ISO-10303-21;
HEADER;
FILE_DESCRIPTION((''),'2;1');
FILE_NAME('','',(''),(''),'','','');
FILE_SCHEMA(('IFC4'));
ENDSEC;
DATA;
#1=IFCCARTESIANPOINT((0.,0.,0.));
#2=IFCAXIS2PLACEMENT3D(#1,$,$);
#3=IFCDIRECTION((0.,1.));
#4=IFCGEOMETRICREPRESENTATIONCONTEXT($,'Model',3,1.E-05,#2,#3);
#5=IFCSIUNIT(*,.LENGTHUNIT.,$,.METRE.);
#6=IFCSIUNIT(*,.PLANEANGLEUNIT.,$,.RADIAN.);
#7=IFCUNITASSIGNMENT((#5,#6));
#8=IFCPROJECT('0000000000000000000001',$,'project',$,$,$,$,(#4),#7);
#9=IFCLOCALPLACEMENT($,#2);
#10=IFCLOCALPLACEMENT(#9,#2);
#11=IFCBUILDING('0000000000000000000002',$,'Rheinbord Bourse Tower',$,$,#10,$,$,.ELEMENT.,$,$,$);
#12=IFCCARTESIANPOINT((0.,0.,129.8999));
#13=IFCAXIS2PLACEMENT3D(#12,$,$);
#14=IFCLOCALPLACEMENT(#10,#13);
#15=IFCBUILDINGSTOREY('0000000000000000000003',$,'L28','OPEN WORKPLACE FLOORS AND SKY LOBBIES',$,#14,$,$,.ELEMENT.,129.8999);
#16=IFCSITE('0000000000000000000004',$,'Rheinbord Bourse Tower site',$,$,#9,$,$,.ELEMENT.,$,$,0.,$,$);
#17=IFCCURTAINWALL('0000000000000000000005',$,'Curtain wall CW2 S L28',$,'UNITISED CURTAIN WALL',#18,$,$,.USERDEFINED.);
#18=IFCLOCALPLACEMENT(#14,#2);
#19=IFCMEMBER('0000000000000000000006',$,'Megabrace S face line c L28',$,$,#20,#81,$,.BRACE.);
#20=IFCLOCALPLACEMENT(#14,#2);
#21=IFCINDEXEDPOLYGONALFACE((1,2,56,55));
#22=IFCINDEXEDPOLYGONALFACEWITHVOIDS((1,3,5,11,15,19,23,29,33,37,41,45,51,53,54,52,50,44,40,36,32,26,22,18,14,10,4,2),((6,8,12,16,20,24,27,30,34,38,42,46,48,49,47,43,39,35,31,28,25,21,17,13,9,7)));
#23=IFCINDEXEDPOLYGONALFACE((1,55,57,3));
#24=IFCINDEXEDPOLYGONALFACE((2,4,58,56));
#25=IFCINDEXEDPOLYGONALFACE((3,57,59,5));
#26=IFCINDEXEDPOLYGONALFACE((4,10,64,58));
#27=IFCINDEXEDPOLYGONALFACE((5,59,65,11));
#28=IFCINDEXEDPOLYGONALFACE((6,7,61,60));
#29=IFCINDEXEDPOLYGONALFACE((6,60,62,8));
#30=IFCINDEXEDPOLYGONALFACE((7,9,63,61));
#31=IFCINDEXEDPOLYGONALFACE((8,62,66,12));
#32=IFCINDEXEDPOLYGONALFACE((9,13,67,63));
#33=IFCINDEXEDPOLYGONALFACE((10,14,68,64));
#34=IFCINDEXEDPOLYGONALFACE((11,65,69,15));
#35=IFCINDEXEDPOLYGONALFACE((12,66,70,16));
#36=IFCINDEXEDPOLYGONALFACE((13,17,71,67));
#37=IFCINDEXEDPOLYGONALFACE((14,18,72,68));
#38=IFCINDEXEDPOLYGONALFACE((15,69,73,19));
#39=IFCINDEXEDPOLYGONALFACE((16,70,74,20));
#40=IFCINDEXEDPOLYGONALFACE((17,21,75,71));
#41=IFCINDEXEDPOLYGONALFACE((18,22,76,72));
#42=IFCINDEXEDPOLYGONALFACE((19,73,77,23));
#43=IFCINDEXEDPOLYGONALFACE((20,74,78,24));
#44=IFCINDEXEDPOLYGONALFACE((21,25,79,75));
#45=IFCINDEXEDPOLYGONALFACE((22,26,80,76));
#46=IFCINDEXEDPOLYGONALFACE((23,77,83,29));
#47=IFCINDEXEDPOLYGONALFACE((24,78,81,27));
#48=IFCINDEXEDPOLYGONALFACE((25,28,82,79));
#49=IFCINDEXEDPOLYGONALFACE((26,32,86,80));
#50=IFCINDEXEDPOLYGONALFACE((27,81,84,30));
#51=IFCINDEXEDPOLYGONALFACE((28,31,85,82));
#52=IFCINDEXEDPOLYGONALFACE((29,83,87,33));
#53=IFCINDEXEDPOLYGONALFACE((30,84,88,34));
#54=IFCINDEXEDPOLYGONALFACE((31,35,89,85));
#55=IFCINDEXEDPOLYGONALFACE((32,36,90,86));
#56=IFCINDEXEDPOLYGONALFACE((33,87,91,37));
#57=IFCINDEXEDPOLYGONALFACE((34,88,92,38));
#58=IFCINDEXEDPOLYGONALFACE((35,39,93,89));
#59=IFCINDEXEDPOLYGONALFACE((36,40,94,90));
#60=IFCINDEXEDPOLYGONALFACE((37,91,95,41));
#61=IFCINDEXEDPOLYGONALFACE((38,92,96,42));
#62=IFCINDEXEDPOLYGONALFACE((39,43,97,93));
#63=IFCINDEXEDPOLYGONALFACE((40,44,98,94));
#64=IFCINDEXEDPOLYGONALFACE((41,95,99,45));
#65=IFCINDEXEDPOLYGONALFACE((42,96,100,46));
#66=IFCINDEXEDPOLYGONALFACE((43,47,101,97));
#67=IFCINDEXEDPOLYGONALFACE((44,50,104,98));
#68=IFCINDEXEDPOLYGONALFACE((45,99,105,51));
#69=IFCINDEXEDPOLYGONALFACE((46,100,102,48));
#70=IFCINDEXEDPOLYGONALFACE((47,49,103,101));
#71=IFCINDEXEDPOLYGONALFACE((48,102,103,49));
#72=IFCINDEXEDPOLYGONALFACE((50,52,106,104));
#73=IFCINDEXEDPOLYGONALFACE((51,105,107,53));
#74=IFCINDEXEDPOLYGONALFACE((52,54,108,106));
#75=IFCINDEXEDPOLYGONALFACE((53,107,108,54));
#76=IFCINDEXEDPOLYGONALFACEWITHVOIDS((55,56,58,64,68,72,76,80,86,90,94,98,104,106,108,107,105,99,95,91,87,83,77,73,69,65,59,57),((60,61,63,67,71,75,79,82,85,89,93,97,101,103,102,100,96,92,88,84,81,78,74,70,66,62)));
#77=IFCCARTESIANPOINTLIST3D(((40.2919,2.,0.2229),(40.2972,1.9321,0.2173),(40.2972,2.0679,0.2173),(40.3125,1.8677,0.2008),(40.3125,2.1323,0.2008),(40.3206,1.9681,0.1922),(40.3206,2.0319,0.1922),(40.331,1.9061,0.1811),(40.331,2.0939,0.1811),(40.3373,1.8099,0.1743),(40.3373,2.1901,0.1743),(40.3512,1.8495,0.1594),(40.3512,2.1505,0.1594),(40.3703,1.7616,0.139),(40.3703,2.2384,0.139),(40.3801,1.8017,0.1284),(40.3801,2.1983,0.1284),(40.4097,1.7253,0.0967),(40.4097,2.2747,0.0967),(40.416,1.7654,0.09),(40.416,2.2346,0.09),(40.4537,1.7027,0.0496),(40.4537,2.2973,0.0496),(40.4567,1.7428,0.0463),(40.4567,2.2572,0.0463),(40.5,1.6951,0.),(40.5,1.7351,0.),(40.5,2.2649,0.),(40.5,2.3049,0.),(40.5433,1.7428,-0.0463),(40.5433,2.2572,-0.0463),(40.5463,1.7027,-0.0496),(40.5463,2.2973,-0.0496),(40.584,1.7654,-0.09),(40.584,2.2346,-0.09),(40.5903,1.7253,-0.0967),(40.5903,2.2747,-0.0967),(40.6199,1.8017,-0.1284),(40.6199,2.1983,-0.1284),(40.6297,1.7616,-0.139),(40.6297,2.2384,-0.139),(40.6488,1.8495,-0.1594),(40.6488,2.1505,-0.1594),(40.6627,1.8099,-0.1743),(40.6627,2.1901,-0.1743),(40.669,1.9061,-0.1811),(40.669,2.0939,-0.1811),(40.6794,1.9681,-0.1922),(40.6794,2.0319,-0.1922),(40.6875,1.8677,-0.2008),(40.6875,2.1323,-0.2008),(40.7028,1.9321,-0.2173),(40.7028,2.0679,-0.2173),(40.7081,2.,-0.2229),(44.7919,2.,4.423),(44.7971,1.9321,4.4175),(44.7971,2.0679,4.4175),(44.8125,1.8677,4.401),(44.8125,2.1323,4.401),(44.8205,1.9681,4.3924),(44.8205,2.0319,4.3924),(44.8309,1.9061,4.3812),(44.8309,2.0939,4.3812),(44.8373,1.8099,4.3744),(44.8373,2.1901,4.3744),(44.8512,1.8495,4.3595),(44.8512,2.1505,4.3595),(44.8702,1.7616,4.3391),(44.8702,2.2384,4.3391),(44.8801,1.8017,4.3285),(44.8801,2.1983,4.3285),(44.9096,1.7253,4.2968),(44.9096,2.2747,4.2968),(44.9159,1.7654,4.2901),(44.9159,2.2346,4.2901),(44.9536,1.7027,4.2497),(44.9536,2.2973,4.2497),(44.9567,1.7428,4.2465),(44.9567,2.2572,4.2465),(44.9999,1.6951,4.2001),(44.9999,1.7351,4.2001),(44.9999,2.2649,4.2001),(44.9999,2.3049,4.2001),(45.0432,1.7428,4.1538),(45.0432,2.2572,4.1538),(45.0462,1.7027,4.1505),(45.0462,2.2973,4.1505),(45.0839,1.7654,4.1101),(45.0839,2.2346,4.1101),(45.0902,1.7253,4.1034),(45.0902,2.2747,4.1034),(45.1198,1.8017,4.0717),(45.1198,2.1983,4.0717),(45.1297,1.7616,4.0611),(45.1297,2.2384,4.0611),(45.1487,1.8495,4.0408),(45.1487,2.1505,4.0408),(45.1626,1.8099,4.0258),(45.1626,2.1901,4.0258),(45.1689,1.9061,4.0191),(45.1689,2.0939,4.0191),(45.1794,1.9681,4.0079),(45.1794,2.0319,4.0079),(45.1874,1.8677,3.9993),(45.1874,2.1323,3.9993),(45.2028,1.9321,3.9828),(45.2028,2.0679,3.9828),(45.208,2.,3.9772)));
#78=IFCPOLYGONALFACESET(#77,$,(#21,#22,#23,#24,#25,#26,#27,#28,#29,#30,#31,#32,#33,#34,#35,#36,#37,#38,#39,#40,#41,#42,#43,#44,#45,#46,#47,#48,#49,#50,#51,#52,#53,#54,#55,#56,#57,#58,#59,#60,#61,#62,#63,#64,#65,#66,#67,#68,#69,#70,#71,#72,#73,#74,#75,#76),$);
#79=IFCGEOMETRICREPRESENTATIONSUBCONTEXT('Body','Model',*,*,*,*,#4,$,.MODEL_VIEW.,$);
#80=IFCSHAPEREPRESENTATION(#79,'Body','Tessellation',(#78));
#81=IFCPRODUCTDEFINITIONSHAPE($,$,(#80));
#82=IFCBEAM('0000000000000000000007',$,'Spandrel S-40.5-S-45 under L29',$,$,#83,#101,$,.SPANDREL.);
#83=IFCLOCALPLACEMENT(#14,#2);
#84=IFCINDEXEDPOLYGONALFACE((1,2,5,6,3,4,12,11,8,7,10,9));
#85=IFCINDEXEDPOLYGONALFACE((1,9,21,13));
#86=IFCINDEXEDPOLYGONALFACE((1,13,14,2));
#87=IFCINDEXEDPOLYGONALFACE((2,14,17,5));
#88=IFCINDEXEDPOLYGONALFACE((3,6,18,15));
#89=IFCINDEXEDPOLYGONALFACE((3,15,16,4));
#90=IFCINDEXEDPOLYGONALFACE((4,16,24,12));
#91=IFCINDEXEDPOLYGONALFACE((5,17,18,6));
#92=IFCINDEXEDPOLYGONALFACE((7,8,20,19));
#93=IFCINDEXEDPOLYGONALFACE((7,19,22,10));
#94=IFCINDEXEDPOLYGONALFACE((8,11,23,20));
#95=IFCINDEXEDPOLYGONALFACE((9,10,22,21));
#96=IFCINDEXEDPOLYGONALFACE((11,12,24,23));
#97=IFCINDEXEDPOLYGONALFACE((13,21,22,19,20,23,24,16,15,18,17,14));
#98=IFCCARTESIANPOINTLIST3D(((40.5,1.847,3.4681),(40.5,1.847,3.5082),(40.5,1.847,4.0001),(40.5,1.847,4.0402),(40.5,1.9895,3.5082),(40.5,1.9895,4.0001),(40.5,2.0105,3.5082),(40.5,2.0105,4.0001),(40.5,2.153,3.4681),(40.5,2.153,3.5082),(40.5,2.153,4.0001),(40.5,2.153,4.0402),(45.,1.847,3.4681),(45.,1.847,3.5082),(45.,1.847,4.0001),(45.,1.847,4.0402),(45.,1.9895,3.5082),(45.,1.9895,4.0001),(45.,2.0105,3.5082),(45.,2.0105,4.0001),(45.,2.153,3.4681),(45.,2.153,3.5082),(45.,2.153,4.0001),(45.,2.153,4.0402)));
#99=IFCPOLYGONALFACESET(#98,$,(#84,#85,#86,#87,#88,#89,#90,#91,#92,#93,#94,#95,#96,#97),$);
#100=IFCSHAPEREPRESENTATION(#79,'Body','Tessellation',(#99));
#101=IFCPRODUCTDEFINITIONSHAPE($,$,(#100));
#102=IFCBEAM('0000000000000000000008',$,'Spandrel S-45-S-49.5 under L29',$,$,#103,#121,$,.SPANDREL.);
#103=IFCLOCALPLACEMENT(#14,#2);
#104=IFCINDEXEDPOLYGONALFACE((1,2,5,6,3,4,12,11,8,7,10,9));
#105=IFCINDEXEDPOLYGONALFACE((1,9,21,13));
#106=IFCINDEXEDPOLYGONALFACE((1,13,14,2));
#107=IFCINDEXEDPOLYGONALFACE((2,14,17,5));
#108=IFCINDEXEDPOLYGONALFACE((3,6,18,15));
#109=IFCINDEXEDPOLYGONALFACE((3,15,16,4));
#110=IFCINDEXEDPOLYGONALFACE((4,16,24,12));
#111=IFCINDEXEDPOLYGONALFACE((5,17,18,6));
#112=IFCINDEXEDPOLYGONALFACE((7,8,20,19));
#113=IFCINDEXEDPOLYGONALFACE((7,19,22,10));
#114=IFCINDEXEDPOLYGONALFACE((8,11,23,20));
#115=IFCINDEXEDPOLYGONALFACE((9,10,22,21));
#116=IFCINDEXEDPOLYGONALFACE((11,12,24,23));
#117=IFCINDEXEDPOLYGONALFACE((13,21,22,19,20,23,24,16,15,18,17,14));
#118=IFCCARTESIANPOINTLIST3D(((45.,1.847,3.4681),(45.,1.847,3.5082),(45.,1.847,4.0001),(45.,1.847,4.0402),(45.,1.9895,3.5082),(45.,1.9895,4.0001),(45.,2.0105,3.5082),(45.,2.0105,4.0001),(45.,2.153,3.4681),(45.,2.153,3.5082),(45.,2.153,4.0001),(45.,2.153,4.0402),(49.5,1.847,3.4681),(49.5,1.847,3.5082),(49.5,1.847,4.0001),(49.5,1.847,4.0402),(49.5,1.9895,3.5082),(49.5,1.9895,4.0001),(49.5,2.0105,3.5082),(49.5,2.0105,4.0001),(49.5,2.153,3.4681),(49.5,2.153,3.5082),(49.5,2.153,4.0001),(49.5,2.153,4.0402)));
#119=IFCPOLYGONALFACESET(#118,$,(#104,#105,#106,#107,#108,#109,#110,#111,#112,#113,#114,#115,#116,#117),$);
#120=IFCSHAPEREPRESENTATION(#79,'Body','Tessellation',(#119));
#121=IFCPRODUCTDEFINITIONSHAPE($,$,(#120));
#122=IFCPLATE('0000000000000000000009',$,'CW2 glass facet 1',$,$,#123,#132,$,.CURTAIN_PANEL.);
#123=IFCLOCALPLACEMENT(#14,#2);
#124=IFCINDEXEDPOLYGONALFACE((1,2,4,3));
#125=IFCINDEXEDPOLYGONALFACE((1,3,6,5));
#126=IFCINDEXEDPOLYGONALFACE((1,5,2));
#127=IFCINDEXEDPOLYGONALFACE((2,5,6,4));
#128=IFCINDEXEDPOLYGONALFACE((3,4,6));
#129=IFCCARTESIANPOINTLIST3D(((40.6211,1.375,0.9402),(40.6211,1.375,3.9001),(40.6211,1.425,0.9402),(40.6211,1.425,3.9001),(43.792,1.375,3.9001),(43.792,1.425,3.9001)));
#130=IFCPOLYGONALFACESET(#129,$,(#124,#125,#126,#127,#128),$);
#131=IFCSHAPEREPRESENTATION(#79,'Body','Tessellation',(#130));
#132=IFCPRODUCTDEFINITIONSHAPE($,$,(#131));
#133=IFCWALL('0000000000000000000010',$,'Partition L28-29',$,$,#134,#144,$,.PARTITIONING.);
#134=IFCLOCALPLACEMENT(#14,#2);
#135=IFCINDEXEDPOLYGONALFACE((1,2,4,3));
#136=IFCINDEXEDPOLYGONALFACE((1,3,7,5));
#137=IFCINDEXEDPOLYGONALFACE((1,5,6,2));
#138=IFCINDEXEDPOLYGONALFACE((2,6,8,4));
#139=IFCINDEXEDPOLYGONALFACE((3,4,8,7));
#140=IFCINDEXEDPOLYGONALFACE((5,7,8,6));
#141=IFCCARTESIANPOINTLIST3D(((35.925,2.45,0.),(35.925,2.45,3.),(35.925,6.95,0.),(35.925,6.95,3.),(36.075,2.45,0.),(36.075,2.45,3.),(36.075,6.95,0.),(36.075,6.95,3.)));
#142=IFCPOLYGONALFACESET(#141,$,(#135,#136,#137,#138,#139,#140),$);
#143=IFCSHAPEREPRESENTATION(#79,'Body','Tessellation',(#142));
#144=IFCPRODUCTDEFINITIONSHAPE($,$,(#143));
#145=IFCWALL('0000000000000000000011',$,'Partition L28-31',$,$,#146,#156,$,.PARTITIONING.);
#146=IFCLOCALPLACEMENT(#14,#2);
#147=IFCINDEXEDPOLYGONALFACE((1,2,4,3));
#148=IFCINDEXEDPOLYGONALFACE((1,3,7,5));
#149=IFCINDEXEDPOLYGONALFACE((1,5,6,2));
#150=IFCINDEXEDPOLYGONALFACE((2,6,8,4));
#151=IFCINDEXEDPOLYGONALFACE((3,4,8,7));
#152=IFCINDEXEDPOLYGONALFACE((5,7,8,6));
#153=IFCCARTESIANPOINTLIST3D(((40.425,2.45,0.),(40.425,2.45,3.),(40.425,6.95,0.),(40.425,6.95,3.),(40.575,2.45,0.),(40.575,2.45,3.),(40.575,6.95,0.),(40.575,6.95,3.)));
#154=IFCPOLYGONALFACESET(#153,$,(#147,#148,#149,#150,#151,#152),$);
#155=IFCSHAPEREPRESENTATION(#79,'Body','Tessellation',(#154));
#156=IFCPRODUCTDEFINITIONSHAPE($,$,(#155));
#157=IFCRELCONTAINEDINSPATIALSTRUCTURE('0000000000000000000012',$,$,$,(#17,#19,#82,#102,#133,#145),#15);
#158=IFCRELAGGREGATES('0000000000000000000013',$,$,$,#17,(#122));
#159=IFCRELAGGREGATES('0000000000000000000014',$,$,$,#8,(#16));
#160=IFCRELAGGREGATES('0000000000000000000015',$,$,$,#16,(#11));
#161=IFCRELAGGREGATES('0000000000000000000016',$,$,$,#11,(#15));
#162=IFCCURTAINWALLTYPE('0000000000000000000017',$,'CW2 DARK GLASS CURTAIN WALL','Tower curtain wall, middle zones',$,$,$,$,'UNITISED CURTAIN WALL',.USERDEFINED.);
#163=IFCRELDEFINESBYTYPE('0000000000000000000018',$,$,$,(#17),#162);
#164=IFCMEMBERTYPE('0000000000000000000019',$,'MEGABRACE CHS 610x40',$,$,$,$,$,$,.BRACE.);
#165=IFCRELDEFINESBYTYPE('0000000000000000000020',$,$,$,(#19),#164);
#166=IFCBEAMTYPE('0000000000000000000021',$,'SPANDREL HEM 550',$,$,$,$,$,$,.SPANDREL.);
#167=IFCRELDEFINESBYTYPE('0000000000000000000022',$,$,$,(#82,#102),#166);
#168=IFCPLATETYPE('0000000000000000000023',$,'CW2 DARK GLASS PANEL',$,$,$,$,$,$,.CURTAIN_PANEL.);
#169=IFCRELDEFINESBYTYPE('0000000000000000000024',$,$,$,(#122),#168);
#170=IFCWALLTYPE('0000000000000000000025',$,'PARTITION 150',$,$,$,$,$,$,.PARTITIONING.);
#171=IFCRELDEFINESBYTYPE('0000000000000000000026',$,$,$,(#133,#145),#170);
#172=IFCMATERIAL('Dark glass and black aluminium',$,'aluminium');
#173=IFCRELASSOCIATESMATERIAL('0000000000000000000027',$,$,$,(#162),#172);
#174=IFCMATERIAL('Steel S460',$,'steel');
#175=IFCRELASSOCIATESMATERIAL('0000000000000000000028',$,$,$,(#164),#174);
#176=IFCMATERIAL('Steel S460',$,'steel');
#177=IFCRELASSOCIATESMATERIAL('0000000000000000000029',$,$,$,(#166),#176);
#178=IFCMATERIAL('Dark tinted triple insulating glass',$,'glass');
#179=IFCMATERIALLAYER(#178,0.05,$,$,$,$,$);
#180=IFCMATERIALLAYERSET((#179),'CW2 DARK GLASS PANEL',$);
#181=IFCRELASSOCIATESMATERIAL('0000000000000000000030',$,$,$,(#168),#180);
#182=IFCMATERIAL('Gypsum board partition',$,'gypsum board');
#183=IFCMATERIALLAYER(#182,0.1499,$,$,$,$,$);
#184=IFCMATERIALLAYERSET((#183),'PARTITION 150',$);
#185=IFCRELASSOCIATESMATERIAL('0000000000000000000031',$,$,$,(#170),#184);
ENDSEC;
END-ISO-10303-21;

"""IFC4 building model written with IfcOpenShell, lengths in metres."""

from ifc_helpers import new_model, si_unit, direction, frame, frame_2d, origin, origin_2d, place, context, subcontext, project, spatial, polyline, rectangle, hollow_circle, i_section, outline, extrude, material, layer, layer_set, material_profile, profile_set, type_object, element, aggregate, save


model = new_model("IFC4")

# Units and contexts
model_context = context("Model", 3, precision=1e-05, world=origin(), true_north=direction((0.0, 1.0)))
body_context = subcontext(model_context, "Body", "Model", "MODEL_VIEW")
ifc_project = project(units=[si_unit("LENGTHUNIT", "METRE"), si_unit("PLANEANGLEUNIT", "RADIAN")], contexts=[model_context])

# Site, building, storey
site_placement = place(None, origin())
site = spatial("IfcSite", under=ifc_project, at=site_placement, Name="Rheinbord Bourse Tower site", CompositionType="ELEMENT", RefElevation=0.0)
building_placement = place(site_placement, origin())
building = spatial("IfcBuilding", under=site, at=building_placement, Name="Rheinbord Bourse Tower", CompositionType="ELEMENT")
storey_placement = place(building_placement, frame((0.0, 0.0, 129.8999)))
storey = spatial("IfcBuildingStorey", under=building, at=storey_placement, Name="L28", Description="OPEN WORKPLACE FLOORS AND SKY LOBBIES", CompositionType="ELEMENT", Elevation=129.8999)

# Curtain wall
ifc_material_1 = material(Name="Dark glass and black aluminium", Category="aluminium")
curtain_wall_type = type_object("IfcCurtainWallType", Name="CW2 DARK GLASS CURTAIN WALL", Description="Tower curtain wall, middle zones", ElementType="UNITISED CURTAIN WALL", PredefinedType="USERDEFINED", material=ifc_material_1)
curtain_wall_placement = place(storey_placement, origin())
curtain_wall = element("IfcCurtainWall", 1, at=curtain_wall_placement, inside=storey, type_object=curtain_wall_type, Name="Curtain wall CW2 S L28", ObjectType="UNITISED CURTAIN WALL", PredefinedType="USERDEFINED")

# Member
ifc_material_2 = material(Name="Steel S460", Category="steel")
ifc_material_profile_1 = material_profile(ifc_material_2, hollow_circle(Radius=0.3049, WallThickness=0.04, at=origin_2d()), Name="CHS 610x40")
ifc_profile_set_1 = profile_set([ifc_material_profile_1], Name="Steel S460")
member_type_1 = type_object("IfcMemberType", Name="MEGABRACE CHS 610x40", PredefinedType="BRACE", material=ifc_profile_set_1)
member_1_placement = place(storey_placement, frame((40.5, 2.0, 0.0), z_axis=(0.731039, 0.0, 0.682335), x_axis=(0.0, 1.0, 0.0)))
element("IfcMember", 2, at=member_1_placement, inside=storey, type_object=member_type_1, Name="Megabrace S face line c L28", PredefinedType="BRACE", context=body_context, shape_type="SweptSolid", body=[
    extrude(hollow_circle(Radius=0.3049, WallThickness=0.04, at=origin_2d()), origin(), (0.0, 0.0, 1.0), 6.1555),
])

# Beams
ifc_material_3 = material(Name="Steel S460", Category="steel")
ifc_material_profile_2 = material_profile(ifc_material_3, i_section(OverallWidth=0.3059, OverallDepth=0.572, WebThickness=0.021, FlangeThickness=0.04, at=origin_2d()), Name="HEM 550")
ifc_profile_set_2 = profile_set([ifc_material_profile_2], Name="Steel S460")
beam_type_1 = type_object("IfcBeamType", Name="SPANDREL HEM 550", PredefinedType="SPANDREL", material=ifc_profile_set_2)
for number, where, z_axis, x_axis, name in (
    (3, (40.5, 2.0, 3.7542), (1.0, 0.0, 0.0), (0.0, 1.0, 0.0), "Spandrel S-40.5-S-45 under L29"),
    (4, (45.0, 2.0, 3.7542), (1.0, 0.0, 0.0), (0.0, 1.0, 0.0), "Spandrel S-45-S-49.5 under L29"),
):
    element("IfcBeam", number, at=place(storey_placement, frame(where, z_axis=z_axis, x_axis=x_axis)), inside=storey, type_object=beam_type_1, Name=name, PredefinedType="SPANDREL", context=body_context, shape_type="SweptSolid", body=[
        extrude(i_section(OverallWidth=0.3059, OverallDepth=0.572, WebThickness=0.021, FlangeThickness=0.04, at=origin_2d()), origin(), (0.0, 0.0, 1.0), 4.5),
    ])

# Plate
ifc_material_4 = material(Name="Dark tinted triple insulating glass", Category="glass")
ifc_layer_1 = layer(ifc_material_4, 0.05)
ifc_layer_set_1 = layer_set([ifc_layer_1], Name="CW2 DARK GLASS PANEL")
plate_type = type_object("IfcPlateType", Name="CW2 DARK GLASS PANEL", PredefinedType="CURTAIN_PANEL", material=ifc_layer_set_1)
plate_placement = place(storey_placement, frame((40.6211, 1.375, 3.9001), z_axis=(0.0, 1.0, 0.0), x_axis=(1.0, 0.0, 0.0)))
plate = element("IfcPlate", 5, at=plate_placement, type_object=plate_type, Name="CW2 glass facet 1", PredefinedType="CURTAIN_PANEL", context=body_context, shape_type="SweptSolid", body=[
    extrude(outline(polyline([(0.0, 0.0), (3.1709, 0.0), (0.0, 2.96), (0.0, 0.0)])), origin(), (0.0, 0.0, 1.0), 0.05),
])
aggregate(curtain_wall, [plate])

# Walls
ifc_material_5 = material(Name="Gypsum board partition", Category="gypsum board")
ifc_layer_2 = layer(ifc_material_5, 0.1499)
ifc_layer_set_2 = layer_set([ifc_layer_2], Name="PARTITION 150")
wall_type = type_object("IfcWallType", Name="PARTITION 150", PredefinedType="PARTITIONING", material=ifc_layer_set_2)
for number, where, z_axis, x_axis, name in (
    (6, (36.0, 2.45, 0.0), (0.0, 0.0, 1.0), (0.0, 1.0, 0.0), "Partition L28-29"),
    (7, (40.5, 2.45, 0.0), (0.0, 0.0, 1.0), (0.0, 1.0, 0.0), "Partition L28-31"),
):
    element("IfcWall", number, at=place(storey_placement, frame(where, z_axis=z_axis, x_axis=x_axis)), inside=storey, type_object=wall_type, Name=name, PredefinedType="PARTITIONING", context=body_context, shape_type="SweptSolid", body=[
        extrude(rectangle(XDim=4.5, YDim=0.1499, at=frame_2d((2.25, 0.0))), origin(), (0.0, 0.0, 1.0), 3.0),
    ])

save(model, "model.ifc")
